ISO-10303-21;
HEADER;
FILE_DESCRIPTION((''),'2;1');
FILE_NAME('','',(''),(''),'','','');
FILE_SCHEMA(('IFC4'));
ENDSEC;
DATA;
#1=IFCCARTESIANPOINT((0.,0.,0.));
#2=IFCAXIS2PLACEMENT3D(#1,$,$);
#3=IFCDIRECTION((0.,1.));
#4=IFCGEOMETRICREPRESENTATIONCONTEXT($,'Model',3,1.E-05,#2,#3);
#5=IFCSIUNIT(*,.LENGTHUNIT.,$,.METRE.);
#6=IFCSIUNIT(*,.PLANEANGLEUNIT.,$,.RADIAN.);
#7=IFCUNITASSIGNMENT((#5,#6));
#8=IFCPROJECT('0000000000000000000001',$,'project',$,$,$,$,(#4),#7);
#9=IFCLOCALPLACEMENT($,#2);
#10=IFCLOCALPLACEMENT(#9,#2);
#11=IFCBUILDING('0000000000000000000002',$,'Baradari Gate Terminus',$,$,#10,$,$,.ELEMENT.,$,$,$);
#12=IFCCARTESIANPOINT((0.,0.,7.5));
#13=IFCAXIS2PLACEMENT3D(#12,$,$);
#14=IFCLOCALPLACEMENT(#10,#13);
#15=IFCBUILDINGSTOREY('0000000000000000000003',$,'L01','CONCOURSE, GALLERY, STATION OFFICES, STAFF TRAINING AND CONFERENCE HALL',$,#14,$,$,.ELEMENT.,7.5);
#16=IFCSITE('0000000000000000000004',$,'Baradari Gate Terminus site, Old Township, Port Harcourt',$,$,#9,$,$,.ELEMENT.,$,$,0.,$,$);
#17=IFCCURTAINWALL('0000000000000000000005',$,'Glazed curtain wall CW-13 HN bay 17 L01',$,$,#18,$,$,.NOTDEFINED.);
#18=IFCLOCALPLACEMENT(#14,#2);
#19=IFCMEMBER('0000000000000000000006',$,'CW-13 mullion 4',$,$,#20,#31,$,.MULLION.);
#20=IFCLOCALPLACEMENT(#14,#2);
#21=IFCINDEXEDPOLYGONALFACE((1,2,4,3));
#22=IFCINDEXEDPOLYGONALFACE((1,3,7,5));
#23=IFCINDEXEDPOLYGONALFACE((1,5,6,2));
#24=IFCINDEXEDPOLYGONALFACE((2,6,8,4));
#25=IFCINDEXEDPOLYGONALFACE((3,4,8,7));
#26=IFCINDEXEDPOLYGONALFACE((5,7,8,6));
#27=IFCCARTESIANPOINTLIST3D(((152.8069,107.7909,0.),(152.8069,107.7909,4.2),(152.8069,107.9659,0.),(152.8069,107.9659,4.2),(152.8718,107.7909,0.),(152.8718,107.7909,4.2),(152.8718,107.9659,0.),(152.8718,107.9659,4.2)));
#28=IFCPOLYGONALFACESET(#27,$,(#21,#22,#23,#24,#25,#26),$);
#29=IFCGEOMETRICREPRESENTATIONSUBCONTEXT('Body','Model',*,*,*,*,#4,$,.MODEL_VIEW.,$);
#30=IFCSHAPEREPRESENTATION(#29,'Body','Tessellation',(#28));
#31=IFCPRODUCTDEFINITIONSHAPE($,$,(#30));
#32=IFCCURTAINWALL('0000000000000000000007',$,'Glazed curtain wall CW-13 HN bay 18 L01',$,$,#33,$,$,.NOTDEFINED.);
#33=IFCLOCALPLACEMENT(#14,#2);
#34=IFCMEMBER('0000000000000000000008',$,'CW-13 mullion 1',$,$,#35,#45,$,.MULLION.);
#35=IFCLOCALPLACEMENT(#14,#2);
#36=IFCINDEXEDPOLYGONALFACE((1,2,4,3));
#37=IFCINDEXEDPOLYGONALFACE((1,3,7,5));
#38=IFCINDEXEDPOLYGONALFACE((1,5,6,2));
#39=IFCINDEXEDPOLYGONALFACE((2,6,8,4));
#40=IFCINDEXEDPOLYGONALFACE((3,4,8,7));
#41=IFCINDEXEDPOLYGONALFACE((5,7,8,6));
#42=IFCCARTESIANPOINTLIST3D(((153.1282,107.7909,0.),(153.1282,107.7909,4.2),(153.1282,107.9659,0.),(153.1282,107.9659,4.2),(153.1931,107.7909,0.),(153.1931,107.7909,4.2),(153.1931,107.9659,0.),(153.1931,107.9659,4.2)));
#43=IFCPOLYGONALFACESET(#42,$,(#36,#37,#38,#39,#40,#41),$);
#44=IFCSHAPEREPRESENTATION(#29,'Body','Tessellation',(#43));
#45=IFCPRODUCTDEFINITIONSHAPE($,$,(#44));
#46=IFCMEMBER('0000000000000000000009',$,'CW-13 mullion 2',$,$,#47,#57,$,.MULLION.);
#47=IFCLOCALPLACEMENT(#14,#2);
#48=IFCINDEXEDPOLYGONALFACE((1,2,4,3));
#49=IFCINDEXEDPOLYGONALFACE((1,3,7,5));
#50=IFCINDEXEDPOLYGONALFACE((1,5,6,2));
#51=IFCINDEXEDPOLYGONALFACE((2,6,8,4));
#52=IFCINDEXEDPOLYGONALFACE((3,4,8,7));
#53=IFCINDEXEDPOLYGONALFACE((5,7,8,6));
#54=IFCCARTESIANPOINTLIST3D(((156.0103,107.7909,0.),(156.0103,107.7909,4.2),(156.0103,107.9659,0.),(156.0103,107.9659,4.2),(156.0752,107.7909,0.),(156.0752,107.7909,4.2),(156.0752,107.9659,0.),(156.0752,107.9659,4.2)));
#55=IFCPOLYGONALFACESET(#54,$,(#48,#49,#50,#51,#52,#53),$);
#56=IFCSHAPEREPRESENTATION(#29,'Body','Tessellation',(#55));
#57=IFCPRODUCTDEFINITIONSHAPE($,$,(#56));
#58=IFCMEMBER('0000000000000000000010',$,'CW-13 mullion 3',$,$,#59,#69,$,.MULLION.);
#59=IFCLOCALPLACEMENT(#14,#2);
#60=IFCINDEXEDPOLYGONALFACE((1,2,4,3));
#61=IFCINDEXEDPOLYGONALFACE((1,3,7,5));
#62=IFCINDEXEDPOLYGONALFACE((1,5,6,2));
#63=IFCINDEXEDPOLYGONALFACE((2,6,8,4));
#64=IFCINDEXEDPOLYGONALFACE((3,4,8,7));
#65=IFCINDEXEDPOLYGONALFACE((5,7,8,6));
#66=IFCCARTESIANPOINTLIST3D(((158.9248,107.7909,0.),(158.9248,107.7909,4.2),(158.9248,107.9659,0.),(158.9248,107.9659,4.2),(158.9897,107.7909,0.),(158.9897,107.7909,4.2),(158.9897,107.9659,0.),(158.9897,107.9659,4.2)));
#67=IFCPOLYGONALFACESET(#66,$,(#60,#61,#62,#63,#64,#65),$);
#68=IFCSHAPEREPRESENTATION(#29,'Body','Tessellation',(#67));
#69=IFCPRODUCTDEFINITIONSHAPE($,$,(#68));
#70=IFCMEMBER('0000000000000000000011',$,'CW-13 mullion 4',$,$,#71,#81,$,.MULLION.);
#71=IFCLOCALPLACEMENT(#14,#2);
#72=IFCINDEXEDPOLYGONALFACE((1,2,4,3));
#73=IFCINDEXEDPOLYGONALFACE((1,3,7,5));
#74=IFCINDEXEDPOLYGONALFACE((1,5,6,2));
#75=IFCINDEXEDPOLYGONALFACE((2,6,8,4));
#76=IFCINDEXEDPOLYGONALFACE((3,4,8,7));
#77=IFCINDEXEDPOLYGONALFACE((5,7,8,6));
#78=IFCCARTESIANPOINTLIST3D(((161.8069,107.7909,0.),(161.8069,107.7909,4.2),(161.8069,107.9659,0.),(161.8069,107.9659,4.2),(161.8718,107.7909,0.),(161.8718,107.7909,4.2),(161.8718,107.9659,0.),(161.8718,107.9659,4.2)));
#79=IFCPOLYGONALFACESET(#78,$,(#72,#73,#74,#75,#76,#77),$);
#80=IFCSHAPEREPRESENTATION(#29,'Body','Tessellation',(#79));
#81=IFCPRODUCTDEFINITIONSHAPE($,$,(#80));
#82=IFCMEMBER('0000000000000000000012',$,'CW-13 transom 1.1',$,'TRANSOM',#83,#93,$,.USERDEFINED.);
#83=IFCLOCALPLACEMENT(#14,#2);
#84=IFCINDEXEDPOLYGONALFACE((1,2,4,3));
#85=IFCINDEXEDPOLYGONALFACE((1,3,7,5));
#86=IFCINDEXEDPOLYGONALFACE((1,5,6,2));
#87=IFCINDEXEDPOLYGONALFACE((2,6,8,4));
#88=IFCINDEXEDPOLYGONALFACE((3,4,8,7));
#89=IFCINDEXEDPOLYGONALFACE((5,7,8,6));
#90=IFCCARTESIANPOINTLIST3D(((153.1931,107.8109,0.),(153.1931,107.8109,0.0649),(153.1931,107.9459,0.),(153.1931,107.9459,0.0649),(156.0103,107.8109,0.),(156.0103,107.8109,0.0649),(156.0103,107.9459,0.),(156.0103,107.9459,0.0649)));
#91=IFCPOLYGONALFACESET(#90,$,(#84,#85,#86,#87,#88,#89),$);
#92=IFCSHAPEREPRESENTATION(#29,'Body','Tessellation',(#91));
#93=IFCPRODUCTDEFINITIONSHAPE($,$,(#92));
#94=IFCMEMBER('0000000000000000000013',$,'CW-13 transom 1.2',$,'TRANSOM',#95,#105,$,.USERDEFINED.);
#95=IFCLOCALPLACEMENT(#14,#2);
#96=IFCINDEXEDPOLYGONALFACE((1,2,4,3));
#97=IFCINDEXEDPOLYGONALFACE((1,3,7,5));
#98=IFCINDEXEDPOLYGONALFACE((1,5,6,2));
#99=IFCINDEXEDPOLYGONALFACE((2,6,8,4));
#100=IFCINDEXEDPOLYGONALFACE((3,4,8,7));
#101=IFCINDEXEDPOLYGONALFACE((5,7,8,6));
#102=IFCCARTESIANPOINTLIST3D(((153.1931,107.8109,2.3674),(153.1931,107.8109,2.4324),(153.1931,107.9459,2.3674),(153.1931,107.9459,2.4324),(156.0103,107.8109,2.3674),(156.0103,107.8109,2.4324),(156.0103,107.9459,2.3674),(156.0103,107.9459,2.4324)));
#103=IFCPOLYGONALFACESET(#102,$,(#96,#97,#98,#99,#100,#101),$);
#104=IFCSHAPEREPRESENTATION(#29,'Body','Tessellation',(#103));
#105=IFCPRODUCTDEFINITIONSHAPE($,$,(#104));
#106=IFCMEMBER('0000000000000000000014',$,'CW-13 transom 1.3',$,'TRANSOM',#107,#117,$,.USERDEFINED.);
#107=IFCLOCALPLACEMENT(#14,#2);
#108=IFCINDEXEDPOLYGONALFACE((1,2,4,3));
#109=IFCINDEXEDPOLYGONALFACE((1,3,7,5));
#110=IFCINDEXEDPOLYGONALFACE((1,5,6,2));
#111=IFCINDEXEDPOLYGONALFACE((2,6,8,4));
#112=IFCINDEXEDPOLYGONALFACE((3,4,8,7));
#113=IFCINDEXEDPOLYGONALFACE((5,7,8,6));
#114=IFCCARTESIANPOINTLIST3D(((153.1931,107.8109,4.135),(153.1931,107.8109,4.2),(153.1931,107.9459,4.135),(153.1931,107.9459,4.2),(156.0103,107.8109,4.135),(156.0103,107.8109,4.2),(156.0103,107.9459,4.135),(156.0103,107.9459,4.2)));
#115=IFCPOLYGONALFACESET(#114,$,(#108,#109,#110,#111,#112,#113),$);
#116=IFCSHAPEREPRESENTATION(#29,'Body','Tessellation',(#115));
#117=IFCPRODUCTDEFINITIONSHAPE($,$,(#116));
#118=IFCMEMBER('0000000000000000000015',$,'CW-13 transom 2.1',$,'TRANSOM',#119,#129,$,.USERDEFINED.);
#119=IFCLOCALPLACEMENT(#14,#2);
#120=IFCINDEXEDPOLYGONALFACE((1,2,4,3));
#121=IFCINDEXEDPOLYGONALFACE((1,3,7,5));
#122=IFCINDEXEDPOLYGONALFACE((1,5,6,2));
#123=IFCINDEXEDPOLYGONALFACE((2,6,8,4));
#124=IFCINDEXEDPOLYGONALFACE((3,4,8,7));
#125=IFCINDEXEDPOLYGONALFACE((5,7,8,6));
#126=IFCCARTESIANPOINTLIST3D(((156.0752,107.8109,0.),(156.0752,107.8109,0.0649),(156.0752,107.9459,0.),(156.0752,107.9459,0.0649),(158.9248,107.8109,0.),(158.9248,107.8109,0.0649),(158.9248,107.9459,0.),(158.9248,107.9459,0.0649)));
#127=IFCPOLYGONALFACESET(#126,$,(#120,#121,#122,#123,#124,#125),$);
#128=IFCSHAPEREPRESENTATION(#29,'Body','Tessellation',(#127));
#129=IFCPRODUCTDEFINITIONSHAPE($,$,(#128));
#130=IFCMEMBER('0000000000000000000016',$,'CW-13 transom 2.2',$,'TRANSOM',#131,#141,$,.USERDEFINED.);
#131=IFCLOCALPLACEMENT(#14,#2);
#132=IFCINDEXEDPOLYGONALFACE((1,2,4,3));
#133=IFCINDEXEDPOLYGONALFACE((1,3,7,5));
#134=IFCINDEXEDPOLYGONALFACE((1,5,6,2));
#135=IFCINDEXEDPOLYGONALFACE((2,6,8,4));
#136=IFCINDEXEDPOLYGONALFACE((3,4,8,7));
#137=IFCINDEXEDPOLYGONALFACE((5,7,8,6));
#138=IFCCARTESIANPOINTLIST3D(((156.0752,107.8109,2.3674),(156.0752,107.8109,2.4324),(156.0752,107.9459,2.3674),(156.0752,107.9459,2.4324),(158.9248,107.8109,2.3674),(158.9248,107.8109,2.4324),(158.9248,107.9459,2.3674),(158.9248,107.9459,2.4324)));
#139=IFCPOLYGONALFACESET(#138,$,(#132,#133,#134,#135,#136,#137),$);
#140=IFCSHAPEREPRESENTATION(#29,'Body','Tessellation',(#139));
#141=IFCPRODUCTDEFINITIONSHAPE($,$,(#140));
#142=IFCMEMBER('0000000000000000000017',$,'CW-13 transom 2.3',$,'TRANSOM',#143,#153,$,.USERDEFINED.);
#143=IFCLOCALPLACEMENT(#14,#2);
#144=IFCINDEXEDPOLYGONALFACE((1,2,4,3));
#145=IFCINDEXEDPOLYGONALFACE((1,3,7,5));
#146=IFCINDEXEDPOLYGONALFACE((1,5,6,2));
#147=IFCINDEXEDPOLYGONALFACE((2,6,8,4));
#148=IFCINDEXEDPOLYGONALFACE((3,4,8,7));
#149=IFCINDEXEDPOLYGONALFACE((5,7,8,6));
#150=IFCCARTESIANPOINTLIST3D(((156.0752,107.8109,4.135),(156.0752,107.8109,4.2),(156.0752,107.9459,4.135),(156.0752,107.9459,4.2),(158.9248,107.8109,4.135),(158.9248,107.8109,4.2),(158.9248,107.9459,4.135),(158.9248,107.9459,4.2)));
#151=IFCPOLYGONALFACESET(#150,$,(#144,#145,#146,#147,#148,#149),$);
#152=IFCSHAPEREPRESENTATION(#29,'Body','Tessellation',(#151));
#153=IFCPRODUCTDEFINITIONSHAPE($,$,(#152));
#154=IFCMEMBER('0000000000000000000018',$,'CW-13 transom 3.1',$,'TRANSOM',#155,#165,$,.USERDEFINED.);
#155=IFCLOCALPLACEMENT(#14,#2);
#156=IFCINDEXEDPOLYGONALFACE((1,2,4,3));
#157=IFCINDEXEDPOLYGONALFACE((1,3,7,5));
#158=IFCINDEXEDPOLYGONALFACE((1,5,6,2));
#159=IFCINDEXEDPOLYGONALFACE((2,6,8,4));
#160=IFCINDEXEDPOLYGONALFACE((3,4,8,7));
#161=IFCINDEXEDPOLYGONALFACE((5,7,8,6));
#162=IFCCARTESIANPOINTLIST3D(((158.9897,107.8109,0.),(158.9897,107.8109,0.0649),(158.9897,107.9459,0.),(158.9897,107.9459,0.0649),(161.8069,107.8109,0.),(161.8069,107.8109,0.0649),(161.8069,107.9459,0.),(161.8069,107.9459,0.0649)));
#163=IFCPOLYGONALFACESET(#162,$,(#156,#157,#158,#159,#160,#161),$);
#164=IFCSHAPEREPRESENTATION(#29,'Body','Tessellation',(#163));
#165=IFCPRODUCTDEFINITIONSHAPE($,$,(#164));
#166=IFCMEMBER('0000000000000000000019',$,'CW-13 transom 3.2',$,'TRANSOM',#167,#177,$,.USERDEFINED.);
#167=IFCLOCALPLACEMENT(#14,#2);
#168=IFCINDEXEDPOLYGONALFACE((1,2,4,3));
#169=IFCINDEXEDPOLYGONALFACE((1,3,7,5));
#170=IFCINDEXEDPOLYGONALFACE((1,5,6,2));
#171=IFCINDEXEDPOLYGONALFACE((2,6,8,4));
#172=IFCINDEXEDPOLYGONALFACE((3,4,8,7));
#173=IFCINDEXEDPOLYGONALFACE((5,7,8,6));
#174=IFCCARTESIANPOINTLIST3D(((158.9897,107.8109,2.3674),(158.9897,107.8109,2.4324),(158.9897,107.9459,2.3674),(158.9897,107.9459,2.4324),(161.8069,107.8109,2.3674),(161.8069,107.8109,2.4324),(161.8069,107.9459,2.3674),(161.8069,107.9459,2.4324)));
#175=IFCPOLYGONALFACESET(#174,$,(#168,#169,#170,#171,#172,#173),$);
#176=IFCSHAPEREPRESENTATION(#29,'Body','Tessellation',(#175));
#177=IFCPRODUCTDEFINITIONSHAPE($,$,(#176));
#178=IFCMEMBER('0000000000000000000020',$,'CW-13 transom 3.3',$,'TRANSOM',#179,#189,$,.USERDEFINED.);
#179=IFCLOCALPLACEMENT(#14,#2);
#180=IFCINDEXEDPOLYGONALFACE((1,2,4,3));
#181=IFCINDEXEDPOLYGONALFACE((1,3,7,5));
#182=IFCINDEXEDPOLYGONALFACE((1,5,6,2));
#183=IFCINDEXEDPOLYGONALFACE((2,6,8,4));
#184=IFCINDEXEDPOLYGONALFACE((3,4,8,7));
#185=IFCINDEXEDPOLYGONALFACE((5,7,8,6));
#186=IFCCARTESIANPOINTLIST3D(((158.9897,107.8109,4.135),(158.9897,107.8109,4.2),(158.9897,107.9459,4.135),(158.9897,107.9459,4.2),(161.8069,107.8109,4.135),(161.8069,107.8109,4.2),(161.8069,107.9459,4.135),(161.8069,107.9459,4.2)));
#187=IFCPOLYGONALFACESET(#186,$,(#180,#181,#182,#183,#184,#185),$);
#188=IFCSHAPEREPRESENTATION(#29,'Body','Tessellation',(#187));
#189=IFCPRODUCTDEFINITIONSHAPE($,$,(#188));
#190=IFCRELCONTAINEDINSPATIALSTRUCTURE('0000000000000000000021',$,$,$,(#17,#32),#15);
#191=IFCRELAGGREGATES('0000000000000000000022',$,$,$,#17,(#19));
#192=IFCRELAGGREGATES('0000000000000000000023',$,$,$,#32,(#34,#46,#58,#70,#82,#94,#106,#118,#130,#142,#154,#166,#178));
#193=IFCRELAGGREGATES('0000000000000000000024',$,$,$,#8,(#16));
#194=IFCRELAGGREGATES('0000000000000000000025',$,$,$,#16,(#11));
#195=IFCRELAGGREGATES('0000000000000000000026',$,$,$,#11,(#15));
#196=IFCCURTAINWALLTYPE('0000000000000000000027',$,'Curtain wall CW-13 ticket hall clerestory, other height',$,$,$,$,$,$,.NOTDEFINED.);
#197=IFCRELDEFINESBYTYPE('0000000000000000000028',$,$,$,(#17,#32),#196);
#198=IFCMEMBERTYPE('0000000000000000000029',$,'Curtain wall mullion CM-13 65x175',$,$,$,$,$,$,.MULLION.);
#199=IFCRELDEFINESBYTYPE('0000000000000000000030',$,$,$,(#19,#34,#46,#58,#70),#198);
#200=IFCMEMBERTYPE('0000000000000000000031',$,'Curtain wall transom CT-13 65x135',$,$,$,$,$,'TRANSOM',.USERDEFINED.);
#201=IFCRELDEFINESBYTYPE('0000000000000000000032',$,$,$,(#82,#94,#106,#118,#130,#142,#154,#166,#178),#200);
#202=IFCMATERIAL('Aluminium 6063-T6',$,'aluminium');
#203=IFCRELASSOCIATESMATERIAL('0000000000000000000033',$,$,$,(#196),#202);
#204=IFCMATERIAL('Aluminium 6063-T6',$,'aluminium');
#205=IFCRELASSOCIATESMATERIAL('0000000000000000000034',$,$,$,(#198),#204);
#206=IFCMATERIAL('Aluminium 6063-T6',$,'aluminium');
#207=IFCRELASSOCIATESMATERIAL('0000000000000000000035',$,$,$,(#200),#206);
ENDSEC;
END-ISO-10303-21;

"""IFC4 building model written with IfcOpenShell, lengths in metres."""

from ifc_helpers import new_model, si_unit, direction, frame, origin, origin_2d, place, context, subcontext, project, spatial, rectangle, extrude, material, material_profile, profile_set, type_object, element, aggregate, save


model = new_model("IFC4")

# Units and contexts
model_context = context("Model", 3, precision=1e-05, world=origin(), true_north=direction((0.0, 1.0)))
body_context = subcontext(model_context, "Body", "Model", "MODEL_VIEW")
ifc_project = project(units=[si_unit("LENGTHUNIT", "METRE"), si_unit("PLANEANGLEUNIT", "RADIAN")], contexts=[model_context])

# Site, building, storey
site_placement = place(None, origin())
site = spatial("IfcSite", under=ifc_project, at=site_placement, Name="Baradari Gate Terminus site, Old Township, Port Harcourt", CompositionType="ELEMENT", RefElevation=0.0)
building_placement = place(site_placement, origin())
building = spatial("IfcBuilding", under=site, at=building_placement, Name="Baradari Gate Terminus", CompositionType="ELEMENT")
storey_placement = place(building_placement, frame((0.0, 0.0, 7.5)))
storey = spatial("IfcBuildingStorey", under=building, at=storey_placement, Name="L01", Description="CONCOURSE, GALLERY, STATION OFFICES, STAFF TRAINING AND CONFERENCE HALL", CompositionType="ELEMENT", Elevation=7.5)

# Curtain wall, member
ifc_material_1 = material(Name="Aluminium 6063-T6", Category="aluminium")
curtain_wall_type = type_object("IfcCurtainWallType", Name="Curtain wall CW-13 ticket hall clerestory, other height", PredefinedType="NOTDEFINED", material=ifc_material_1)
curtain_wall_1_placement = place(storey_placement, origin())
curtain_wall_1 = element("IfcCurtainWall", 1, at=curtain_wall_1_placement, inside=storey, type_object=curtain_wall_type, Name="Glazed curtain wall CW-13 HN bay 17 L01", PredefinedType="NOTDEFINED")
ifc_material_2 = material(Name="Aluminium 6063-T6", Category="aluminium")
ifc_material_profile_1 = material_profile(ifc_material_2, rectangle(XDim=0.175, YDim=0.0649, at=origin_2d()), Name="CM-13 65X175")
ifc_profile_set_1 = profile_set([ifc_material_profile_1], Name="Aluminium 6063-T6")
member_type_1 = type_object("IfcMemberType", Name="Curtain wall mullion CM-13 65x175", PredefinedType="MULLION", material=ifc_profile_set_1)
member_1_placement = place(storey_placement, frame((152.8394, 107.8784, 0.0), z_axis=(0.0, 0.0, 1.0), x_axis=(0.0, 1.0, 0.0)))
member_1 = element("IfcMember", 2, at=member_1_placement, type_object=member_type_1, Name="CW-13 mullion 4", PredefinedType="MULLION", context=body_context, shape_type="SweptSolid", body=[
    extrude(rectangle(XDim=0.175, YDim=0.0649, at=origin_2d()), origin(), (0.0, 0.0, 1.0), 4.2),
])

# Curtain wall, members
curtain_wall_2_placement = place(storey_placement, origin())
curtain_wall_2 = element("IfcCurtainWall", 3, at=curtain_wall_2_placement, inside=storey, type_object=curtain_wall_type, Name="Glazed curtain wall CW-13 HN bay 18 L01", PredefinedType="NOTDEFINED")
member_2_placement = place(storey_placement, frame((153.1606, 107.8784, 0.0), z_axis=(0.0, 0.0, 1.0), x_axis=(0.0, 1.0, 0.0)))
member_2 = element("IfcMember", 4, at=member_2_placement, type_object=member_type_1, Name="CW-13 mullion 1", PredefinedType="MULLION", context=body_context, shape_type="SweptSolid", body=[
    extrude(rectangle(XDim=0.175, YDim=0.0649, at=origin_2d()), origin(), (0.0, 0.0, 1.0), 4.2),
])
member_3_placement = place(storey_placement, frame((156.0427, 107.8784, 0.0), z_axis=(0.0, 0.0, 1.0), x_axis=(0.0, 1.0, 0.0)))
member_3 = element("IfcMember", 5, at=member_3_placement, type_object=member_type_1, Name="CW-13 mullion 2", PredefinedType="MULLION", context=body_context, shape_type="SweptSolid", body=[
    extrude(rectangle(XDim=0.175, YDim=0.0649, at=origin_2d()), origin(), (0.0, 0.0, 1.0), 4.2),
])
member_4_placement = place(storey_placement, frame((158.9573, 107.8784, 0.0), z_axis=(0.0, 0.0, 1.0), x_axis=(0.0, 1.0, 0.0)))
member_4 = element("IfcMember", 6, at=member_4_placement, type_object=member_type_1, Name="CW-13 mullion 3", PredefinedType="MULLION", context=body_context, shape_type="SweptSolid", body=[
    extrude(rectangle(XDim=0.175, YDim=0.0649, at=origin_2d()), origin(), (0.0, 0.0, 1.0), 4.2),
])
member_5_placement = place(storey_placement, frame((161.8394, 107.8784, 0.0), z_axis=(0.0, 0.0, 1.0), x_axis=(0.0, 1.0, 0.0)))
member_5 = element("IfcMember", 7, at=member_5_placement, type_object=member_type_1, Name="CW-13 mullion 4", PredefinedType="MULLION", context=body_context, shape_type="SweptSolid", body=[
    extrude(rectangle(XDim=0.175, YDim=0.0649, at=origin_2d()), origin(), (0.0, 0.0, 1.0), 4.2),
])
ifc_material_3 = material(Name="Aluminium 6063-T6", Category="aluminium")
ifc_material_profile_2 = material_profile(ifc_material_3, rectangle(XDim=0.135, YDim=0.0649, at=origin_2d()), Name="CT-13 65X135")
ifc_profile_set_2 = profile_set([ifc_material_profile_2], Name="Aluminium 6063-T6")
member_type_2 = type_object("IfcMemberType", Name="Curtain wall transom CT-13 65x135", ElementType="TRANSOM", PredefinedType="USERDEFINED", material=ifc_profile_set_2)
member_6_placement = place(storey_placement, frame((153.1931, 107.8784, 0.0325), z_axis=(1.0, 0.0, 0.0), x_axis=(0.0, 1.0, 0.0)))
member_6 = element("IfcMember", 8, at=member_6_placement, type_object=member_type_2, Name="CW-13 transom 1.1", ObjectType="TRANSOM", PredefinedType="USERDEFINED", context=body_context, shape_type="SweptSolid", body=[
    extrude(rectangle(XDim=0.135, YDim=0.0649, at=origin_2d()), origin(), (0.0, 0.0, 1.0), 2.8171),
])
member_7_placement = place(storey_placement, frame((153.1931, 107.8784, 2.3999), z_axis=(1.0, 0.0, 0.0), x_axis=(0.0, 1.0, 0.0)))
member_7 = element("IfcMember", 9, at=member_7_placement, type_object=member_type_2, Name="CW-13 transom 1.2", ObjectType="TRANSOM", PredefinedType="USERDEFINED", context=body_context, shape_type="SweptSolid", body=[
    extrude(rectangle(XDim=0.135, YDim=0.0649, at=origin_2d()), origin(), (0.0, 0.0, 1.0), 2.8171),
])
member_8_placement = place(storey_placement, frame((153.1931, 107.8784, 4.1675), z_axis=(1.0, 0.0, 0.0), x_axis=(0.0, 1.0, 0.0)))
member_8 = element("IfcMember", 10, at=member_8_placement, type_object=member_type_2, Name="CW-13 transom 1.3", ObjectType="TRANSOM", PredefinedType="USERDEFINED", context=body_context, shape_type="SweptSolid", body=[
    extrude(rectangle(XDim=0.135, YDim=0.0649, at=origin_2d()), origin(), (0.0, 0.0, 1.0), 2.8171),
])
member_9_placement = place(storey_placement, frame((156.0752, 107.8784, 0.0325), z_axis=(1.0, 0.0, 0.0), x_axis=(0.0, 1.0, 0.0)))
member_9 = element("IfcMember", 11, at=member_9_placement, type_object=member_type_2, Name="CW-13 transom 2.1", ObjectType="TRANSOM", PredefinedType="USERDEFINED", context=body_context, shape_type="SweptSolid", body=[
    extrude(rectangle(XDim=0.135, YDim=0.0649, at=origin_2d()), origin(), (0.0, 0.0, 1.0), 2.8496),
])
member_10_placement = place(storey_placement, frame((156.0752, 107.8784, 2.3999), z_axis=(1.0, 0.0, 0.0), x_axis=(0.0, 1.0, 0.0)))
member_10 = element("IfcMember", 12, at=member_10_placement, type_object=member_type_2, Name="CW-13 transom 2.2", ObjectType="TRANSOM", PredefinedType="USERDEFINED", context=body_context, shape_type="SweptSolid", body=[
    extrude(rectangle(XDim=0.135, YDim=0.0649, at=origin_2d()), origin(), (0.0, 0.0, 1.0), 2.8496),
])
member_11_placement = place(storey_placement, frame((156.0752, 107.8784, 4.1675), z_axis=(1.0, 0.0, 0.0), x_axis=(0.0, 1.0, 0.0)))
member_11 = element("IfcMember", 13, at=member_11_placement, type_object=member_type_2, Name="CW-13 transom 2.3", ObjectType="TRANSOM", PredefinedType="USERDEFINED", context=body_context, shape_type="SweptSolid", body=[
    extrude(rectangle(XDim=0.135, YDim=0.0649, at=origin_2d()), origin(), (0.0, 0.0, 1.0), 2.8496),
])
member_12_placement = place(storey_placement, frame((158.9897, 107.8784, 0.0325), z_axis=(1.0, 0.0, 0.0), x_axis=(0.0, 1.0, 0.0)))
member_12 = element("IfcMember", 14, at=member_12_placement, type_object=member_type_2, Name="CW-13 transom 3.1", ObjectType="TRANSOM", PredefinedType="USERDEFINED", context=body_context, shape_type="SweptSolid", body=[
    extrude(rectangle(XDim=0.135, YDim=0.0649, at=origin_2d()), origin(), (0.0, 0.0, 1.0), 2.8171),
])
member_13_placement = place(storey_placement, frame((158.9897, 107.8784, 2.3999), z_axis=(1.0, 0.0, 0.0), x_axis=(0.0, 1.0, 0.0)))
member_13 = element("IfcMember", 15, at=member_13_placement, type_object=member_type_2, Name="CW-13 transom 3.2", ObjectType="TRANSOM", PredefinedType="USERDEFINED", context=body_context, shape_type="SweptSolid", body=[
    extrude(rectangle(XDim=0.135, YDim=0.0649, at=origin_2d()), origin(), (0.0, 0.0, 1.0), 2.8171),
])
member_14_placement = place(storey_placement, frame((158.9897, 107.8784, 4.1675), z_axis=(1.0, 0.0, 0.0), x_axis=(0.0, 1.0, 0.0)))
member_14 = element("IfcMember", 16, at=member_14_placement, type_object=member_type_2, Name="CW-13 transom 3.3", ObjectType="TRANSOM", PredefinedType="USERDEFINED", context=body_context, shape_type="SweptSolid", body=[
    extrude(rectangle(XDim=0.135, YDim=0.0649, at=origin_2d()), origin(), (0.0, 0.0, 1.0), 2.8171),
])

aggregate(curtain_wall_1, [member_1])
aggregate(curtain_wall_2, [member_2, member_3, member_4, member_5, member_6, member_7, member_8, member_9, member_10, member_11, member_12, member_13, member_14])

save(model, "model.ifc")
